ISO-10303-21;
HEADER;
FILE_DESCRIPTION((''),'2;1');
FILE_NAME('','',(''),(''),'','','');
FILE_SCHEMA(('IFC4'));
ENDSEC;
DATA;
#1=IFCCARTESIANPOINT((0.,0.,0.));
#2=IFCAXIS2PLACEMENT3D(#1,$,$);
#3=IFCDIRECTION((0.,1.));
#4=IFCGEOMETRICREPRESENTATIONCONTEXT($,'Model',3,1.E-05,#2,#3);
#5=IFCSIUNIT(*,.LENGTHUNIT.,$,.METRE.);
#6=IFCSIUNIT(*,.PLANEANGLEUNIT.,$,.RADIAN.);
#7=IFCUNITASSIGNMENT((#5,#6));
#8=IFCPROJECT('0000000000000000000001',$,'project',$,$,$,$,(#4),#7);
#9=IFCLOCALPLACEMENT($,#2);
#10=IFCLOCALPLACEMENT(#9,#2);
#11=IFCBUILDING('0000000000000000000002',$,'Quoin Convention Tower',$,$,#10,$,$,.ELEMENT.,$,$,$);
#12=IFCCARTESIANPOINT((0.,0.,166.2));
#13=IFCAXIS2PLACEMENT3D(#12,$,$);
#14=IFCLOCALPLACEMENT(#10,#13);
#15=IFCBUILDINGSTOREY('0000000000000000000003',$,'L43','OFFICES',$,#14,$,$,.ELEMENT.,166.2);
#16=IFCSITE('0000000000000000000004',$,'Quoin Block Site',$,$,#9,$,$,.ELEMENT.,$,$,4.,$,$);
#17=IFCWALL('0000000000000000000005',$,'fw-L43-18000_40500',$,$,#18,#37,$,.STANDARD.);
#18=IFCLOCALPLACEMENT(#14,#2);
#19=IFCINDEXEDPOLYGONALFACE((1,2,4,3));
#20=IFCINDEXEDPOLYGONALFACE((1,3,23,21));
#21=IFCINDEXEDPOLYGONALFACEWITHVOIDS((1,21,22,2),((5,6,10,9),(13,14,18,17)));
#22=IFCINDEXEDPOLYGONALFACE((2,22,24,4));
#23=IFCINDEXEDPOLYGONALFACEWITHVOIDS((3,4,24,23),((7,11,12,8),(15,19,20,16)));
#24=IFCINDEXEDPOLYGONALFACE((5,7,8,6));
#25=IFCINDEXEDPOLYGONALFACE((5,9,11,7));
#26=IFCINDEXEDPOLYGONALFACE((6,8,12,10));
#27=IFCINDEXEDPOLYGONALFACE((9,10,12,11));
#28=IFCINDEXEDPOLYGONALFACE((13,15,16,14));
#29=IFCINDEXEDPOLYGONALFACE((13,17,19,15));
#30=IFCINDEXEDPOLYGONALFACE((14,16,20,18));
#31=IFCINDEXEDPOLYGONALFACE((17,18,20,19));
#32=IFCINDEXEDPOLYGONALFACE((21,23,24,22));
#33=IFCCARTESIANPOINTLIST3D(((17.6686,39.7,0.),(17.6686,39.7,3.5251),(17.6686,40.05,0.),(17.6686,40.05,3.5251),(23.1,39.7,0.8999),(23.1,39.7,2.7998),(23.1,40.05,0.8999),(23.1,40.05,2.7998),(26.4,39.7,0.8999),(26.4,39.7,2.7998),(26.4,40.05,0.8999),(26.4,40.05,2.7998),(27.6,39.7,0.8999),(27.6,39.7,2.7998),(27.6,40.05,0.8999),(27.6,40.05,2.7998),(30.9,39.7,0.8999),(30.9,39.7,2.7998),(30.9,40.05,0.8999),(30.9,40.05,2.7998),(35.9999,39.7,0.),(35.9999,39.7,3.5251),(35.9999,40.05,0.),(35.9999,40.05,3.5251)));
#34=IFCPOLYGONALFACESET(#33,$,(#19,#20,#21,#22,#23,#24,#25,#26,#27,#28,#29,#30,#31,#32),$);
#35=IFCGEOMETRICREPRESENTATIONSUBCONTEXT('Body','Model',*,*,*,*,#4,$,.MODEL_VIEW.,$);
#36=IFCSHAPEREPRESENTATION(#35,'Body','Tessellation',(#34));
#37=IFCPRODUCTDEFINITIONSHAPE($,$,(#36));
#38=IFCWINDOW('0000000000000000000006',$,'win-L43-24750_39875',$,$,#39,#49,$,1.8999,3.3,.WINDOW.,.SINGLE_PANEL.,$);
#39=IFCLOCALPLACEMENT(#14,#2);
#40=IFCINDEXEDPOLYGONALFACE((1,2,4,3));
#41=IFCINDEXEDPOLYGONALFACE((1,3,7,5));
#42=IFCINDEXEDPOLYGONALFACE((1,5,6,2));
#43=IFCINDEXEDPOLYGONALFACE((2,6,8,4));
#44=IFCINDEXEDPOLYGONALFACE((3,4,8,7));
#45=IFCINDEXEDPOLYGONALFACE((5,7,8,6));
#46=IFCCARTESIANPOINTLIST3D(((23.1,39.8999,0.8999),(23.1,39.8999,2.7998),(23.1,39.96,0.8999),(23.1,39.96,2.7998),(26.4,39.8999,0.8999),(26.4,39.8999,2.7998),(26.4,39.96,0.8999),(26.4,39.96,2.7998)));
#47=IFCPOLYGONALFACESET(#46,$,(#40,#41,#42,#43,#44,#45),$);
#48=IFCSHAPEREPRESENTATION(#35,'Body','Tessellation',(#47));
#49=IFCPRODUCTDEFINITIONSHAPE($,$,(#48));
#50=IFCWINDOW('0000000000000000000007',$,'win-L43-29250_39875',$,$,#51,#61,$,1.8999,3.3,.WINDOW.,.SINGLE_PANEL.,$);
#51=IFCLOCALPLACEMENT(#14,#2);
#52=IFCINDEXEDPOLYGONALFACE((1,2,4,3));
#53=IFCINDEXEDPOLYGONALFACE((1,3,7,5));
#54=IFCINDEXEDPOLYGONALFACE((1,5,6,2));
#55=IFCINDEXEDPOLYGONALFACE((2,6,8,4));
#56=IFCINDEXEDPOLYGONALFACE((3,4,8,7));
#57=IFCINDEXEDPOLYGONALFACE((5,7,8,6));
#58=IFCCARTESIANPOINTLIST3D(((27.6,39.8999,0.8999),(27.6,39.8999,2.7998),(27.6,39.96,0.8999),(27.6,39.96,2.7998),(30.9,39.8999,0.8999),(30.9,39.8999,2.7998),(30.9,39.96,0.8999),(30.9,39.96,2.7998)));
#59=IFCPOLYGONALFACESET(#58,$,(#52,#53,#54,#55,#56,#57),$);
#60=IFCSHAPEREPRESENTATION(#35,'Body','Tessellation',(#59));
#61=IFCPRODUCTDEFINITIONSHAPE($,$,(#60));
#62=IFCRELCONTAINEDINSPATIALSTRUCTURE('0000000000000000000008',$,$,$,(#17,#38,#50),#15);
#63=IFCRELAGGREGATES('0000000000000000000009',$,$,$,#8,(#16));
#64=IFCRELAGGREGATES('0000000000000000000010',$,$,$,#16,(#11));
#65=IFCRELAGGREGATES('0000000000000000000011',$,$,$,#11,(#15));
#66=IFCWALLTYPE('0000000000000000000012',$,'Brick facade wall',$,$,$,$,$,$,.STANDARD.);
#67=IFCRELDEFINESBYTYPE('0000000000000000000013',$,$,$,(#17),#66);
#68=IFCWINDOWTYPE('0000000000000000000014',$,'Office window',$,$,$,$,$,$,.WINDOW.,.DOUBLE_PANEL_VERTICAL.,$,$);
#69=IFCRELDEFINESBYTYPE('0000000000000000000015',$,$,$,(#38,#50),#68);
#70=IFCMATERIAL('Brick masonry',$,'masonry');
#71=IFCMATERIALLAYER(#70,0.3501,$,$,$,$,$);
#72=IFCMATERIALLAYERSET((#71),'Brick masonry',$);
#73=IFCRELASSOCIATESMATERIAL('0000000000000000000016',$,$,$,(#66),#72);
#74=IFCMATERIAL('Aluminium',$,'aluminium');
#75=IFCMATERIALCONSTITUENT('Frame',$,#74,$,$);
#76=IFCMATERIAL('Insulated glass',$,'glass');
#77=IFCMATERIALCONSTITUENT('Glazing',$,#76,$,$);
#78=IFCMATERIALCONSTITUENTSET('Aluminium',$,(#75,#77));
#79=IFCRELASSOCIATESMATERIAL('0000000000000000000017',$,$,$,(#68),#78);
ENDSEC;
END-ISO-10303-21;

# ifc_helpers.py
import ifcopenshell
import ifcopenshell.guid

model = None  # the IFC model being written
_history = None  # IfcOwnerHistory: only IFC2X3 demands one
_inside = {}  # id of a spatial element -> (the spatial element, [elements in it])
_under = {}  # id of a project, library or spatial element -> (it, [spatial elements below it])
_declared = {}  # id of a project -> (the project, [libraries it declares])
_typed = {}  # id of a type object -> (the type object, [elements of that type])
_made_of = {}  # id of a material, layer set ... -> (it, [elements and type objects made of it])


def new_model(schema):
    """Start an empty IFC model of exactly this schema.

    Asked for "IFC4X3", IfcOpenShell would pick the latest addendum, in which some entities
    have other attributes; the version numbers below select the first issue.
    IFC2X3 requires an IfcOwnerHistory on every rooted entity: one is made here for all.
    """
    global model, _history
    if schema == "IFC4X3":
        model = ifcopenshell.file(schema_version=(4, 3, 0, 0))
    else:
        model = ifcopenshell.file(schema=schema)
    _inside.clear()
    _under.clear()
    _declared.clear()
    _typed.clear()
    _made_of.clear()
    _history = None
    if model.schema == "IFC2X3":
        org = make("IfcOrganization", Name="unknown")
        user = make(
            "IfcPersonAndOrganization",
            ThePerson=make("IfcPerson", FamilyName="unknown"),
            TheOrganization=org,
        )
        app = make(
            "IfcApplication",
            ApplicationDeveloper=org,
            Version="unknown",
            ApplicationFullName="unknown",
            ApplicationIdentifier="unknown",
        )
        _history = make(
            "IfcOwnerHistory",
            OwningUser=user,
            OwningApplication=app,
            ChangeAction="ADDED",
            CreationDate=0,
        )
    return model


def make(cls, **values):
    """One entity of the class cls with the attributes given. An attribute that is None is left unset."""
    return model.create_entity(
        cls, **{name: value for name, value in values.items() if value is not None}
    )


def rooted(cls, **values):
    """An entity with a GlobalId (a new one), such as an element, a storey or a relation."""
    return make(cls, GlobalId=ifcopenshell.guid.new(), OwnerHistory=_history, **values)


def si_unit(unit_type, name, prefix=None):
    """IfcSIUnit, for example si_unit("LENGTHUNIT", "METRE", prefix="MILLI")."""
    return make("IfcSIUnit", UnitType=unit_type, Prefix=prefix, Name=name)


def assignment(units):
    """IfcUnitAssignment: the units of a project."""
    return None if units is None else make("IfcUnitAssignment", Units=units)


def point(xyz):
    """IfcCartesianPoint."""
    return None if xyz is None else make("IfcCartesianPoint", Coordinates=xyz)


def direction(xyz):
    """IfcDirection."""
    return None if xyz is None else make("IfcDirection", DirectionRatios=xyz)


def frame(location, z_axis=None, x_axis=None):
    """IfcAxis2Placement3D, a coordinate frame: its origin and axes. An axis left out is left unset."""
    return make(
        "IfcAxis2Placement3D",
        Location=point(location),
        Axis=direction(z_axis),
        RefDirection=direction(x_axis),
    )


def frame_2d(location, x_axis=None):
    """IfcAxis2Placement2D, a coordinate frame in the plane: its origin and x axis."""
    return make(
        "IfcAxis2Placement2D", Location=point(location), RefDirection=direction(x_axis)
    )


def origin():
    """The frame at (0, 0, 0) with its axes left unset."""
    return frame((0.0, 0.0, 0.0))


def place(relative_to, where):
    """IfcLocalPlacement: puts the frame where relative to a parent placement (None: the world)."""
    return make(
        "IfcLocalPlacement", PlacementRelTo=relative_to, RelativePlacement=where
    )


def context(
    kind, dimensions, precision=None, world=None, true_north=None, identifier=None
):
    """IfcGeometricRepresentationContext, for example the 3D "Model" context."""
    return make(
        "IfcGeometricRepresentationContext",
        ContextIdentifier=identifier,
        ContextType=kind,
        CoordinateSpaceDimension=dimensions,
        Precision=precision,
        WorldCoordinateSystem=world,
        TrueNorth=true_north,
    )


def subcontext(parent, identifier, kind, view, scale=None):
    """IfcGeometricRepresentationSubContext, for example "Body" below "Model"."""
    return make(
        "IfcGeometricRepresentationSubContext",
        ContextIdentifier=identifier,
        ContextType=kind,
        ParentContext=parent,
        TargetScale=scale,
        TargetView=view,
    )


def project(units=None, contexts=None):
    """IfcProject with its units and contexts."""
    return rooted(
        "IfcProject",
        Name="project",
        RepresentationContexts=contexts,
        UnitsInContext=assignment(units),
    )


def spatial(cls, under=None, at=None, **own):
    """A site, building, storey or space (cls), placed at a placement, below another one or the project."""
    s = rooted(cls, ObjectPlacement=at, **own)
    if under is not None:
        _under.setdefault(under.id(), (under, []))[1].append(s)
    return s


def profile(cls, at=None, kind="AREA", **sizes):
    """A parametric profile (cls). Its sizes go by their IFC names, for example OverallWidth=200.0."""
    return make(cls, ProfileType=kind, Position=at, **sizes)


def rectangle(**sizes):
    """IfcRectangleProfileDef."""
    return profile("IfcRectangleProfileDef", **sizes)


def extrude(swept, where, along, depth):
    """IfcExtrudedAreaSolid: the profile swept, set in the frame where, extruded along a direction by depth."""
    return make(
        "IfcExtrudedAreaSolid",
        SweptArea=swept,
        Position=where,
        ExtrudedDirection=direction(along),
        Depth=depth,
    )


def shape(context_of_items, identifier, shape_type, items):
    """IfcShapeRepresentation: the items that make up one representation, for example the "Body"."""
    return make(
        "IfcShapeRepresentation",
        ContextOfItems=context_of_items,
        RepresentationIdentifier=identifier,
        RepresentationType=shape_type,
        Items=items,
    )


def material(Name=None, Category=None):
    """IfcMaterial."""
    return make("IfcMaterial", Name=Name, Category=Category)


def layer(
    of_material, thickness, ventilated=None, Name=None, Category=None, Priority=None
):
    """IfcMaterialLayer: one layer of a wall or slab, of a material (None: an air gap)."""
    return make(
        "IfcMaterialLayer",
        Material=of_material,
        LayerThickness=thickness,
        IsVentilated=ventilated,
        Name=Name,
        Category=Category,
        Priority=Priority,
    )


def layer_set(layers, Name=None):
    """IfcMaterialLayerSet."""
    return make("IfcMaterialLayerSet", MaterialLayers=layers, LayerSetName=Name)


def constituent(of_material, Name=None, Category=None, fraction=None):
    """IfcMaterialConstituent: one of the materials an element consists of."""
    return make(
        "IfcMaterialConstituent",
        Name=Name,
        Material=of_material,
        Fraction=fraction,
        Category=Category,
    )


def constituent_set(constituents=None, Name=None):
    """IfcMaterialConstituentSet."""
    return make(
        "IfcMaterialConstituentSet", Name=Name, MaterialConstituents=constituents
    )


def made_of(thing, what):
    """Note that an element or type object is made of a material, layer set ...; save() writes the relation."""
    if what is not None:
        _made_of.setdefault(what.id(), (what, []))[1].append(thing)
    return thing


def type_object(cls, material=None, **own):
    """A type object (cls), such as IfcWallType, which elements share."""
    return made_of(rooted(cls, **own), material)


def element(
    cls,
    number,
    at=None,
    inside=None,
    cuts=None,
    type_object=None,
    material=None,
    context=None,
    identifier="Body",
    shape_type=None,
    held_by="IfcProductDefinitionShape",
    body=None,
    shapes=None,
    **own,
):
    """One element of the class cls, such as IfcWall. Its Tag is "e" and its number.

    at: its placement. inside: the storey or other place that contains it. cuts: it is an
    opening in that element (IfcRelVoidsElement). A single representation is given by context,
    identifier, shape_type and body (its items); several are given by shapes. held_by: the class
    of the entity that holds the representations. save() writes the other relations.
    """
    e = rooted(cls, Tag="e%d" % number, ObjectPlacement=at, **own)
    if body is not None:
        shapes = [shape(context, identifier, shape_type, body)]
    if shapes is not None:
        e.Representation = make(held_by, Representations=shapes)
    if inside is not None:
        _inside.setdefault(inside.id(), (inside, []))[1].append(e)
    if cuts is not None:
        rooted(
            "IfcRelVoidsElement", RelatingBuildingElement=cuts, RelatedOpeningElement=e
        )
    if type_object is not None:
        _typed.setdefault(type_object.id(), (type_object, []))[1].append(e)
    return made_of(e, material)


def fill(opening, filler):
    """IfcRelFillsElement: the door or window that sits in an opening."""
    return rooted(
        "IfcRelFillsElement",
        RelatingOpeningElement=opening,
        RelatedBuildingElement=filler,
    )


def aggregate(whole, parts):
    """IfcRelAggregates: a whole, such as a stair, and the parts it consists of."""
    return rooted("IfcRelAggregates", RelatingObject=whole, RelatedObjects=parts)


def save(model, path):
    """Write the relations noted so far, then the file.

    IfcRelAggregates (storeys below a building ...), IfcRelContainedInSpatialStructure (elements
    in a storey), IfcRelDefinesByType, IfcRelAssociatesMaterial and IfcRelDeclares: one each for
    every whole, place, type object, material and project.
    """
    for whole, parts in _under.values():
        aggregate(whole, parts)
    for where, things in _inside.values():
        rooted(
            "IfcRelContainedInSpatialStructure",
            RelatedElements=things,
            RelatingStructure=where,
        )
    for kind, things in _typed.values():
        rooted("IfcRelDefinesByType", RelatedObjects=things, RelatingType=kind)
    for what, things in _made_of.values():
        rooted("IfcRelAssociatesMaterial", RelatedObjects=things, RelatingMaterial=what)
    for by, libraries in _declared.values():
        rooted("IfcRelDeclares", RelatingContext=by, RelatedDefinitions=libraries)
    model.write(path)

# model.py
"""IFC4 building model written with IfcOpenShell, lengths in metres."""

from ifc_helpers import new_model, si_unit, direction, frame, frame_2d, origin, place, context, subcontext, project, spatial, rectangle, extrude, material, layer, layer_set, constituent, constituent_set, type_object, element, fill, save


model = new_model("IFC4")

# Units and contexts
model_context = context("Model", 3, precision=1e-05, world=origin(), true_north=direction((0.0, 1.0)))
body_context = subcontext(model_context, "Body", "Model", "MODEL_VIEW")
ifc_project = project(units=[si_unit("LENGTHUNIT", "METRE"), si_unit("PLANEANGLEUNIT", "RADIAN")], contexts=[model_context])

# Site, building, storey
site_placement = place(None, origin())
site = spatial("IfcSite", under=ifc_project, at=site_placement, Name="Quoin Block Site", CompositionType="ELEMENT", RefElevation=4.0)
building_placement = place(site_placement, origin())
building = spatial("IfcBuilding", under=site, at=building_placement, Name="Quoin Convention Tower", CompositionType="ELEMENT")
storey_placement = place(building_placement, frame((0.0, 0.0, 166.2)))
storey = spatial("IfcBuildingStorey", under=building, at=storey_placement, Name="L43", Description="OFFICES", CompositionType="ELEMENT", Elevation=166.2)

# Wall, openings, windows
ifc_material_1 = material(Name="Brick masonry", Category="masonry")
ifc_layer_1 = layer(ifc_material_1, 0.3501)
ifc_layer_set_1 = layer_set([ifc_layer_1], Name="Brick masonry")
wall_type = type_object("IfcWallType", Name="Brick facade wall", PredefinedType="STANDARD", material=ifc_layer_set_1)
ifc_material_2 = material(Name="Aluminium", Category="aluminium")
ifc_constituent_1 = constituent(ifc_material_2, Name="Frame")
ifc_material_3 = material(Name="Insulated glass", Category="glass")
ifc_constituent_2 = constituent(ifc_material_3, Name="Glazing")
ifc_constituent_set = constituent_set(constituents=[ifc_constituent_1, ifc_constituent_2], Name="Aluminium")
window_type = type_object("IfcWindowType", Name="Office window", PartitioningType="DOUBLE_PANEL_VERTICAL", PredefinedType="WINDOW", material=ifc_constituent_set)
wall_1_placement = place(storey_placement, frame((17.6687, 39.875, 0.0), z_axis=(0.0, 0.0, 1.0), x_axis=(1.0, 0.0, 0.0)))
wall_1 = element("IfcWall", 1, at=wall_1_placement, inside=storey, type_object=wall_type, Name="fw-L43-18000_40500", PredefinedType="STANDARD", context=body_context, shape_type="SweptSolid", body=[
    extrude(rectangle(XDim=18.3313, YDim=0.3501, at=frame_2d((9.1655, 0.0))), origin(), (0.0, 0.0, 1.0), 3.5251),
])
opening_1_placement = place(wall_1_placement, frame((5.4314, 0.0, 0.8999)))
opening_1 = element("IfcOpeningElement", 2, at=opening_1_placement, cuts=wall_1, PredefinedType="OPENING", context=body_context, shape_type="SweptSolid", body=[
    extrude(rectangle(XDim=3.3, YDim=1.8999, at=frame_2d((1.6499, 0.95))), frame((0.0, 0.1851, 0.0), z_axis=(0.0, -1.0, 0.0), x_axis=(1.0, 0.0, 0.0)), (0.0, 0.0, 1.0), 0.3701),
])
opening_2_placement = place(wall_1_placement, frame((9.9314, 0.0, 0.8999)))
opening_2 = element("IfcOpeningElement", 3, at=opening_2_placement, cuts=wall_1, PredefinedType="OPENING", context=body_context, shape_type="SweptSolid", body=[
    extrude(rectangle(XDim=3.3, YDim=1.8999, at=frame_2d((1.6499, 0.95))), frame((0.0, 0.1851, 0.0), z_axis=(0.0, -1.0, 0.0), x_axis=(1.0, 0.0, 0.0)), (0.0, 0.0, 1.0), 0.3701),
])
window_1_placement = place(opening_1_placement, origin())
window_1 = element("IfcWindow", 4, at=window_1_placement, inside=storey, type_object=window_type, Name="win-L43-24750_39875", OverallHeight=1.8999, OverallWidth=3.3, PartitioningType="SINGLE_PANEL", PredefinedType="WINDOW", context=body_context, shape_type="SweptSolid", body=[
    extrude(rectangle(XDim=3.3, YDim=1.8999, at=frame_2d((1.6499, 0.95))), frame((0.0, 0.085, 0.0), z_axis=(0.0, -1.0, 0.0), x_axis=(1.0, 0.0, 0.0)), (0.0, 0.0, 1.0), 0.0601),
])
fill(opening_1, window_1)
window_2_placement = place(opening_2_placement, origin())
window_2 = element("IfcWindow", 5, at=window_2_placement, inside=storey, type_object=window_type, Name="win-L43-29250_39875", OverallHeight=1.8999, OverallWidth=3.3, PartitioningType="SINGLE_PANEL", PredefinedType="WINDOW", context=body_context, shape_type="SweptSolid", body=[
    extrude(rectangle(XDim=3.3, YDim=1.8999, at=frame_2d((1.6499, 0.95))), frame((0.0, 0.085, 0.0), z_axis=(0.0, -1.0, 0.0), x_axis=(1.0, 0.0, 0.0)), (0.0, 0.0, 1.0), 0.0601),
])
fill(opening_2, window_2)

save(model, "model.ifc")
